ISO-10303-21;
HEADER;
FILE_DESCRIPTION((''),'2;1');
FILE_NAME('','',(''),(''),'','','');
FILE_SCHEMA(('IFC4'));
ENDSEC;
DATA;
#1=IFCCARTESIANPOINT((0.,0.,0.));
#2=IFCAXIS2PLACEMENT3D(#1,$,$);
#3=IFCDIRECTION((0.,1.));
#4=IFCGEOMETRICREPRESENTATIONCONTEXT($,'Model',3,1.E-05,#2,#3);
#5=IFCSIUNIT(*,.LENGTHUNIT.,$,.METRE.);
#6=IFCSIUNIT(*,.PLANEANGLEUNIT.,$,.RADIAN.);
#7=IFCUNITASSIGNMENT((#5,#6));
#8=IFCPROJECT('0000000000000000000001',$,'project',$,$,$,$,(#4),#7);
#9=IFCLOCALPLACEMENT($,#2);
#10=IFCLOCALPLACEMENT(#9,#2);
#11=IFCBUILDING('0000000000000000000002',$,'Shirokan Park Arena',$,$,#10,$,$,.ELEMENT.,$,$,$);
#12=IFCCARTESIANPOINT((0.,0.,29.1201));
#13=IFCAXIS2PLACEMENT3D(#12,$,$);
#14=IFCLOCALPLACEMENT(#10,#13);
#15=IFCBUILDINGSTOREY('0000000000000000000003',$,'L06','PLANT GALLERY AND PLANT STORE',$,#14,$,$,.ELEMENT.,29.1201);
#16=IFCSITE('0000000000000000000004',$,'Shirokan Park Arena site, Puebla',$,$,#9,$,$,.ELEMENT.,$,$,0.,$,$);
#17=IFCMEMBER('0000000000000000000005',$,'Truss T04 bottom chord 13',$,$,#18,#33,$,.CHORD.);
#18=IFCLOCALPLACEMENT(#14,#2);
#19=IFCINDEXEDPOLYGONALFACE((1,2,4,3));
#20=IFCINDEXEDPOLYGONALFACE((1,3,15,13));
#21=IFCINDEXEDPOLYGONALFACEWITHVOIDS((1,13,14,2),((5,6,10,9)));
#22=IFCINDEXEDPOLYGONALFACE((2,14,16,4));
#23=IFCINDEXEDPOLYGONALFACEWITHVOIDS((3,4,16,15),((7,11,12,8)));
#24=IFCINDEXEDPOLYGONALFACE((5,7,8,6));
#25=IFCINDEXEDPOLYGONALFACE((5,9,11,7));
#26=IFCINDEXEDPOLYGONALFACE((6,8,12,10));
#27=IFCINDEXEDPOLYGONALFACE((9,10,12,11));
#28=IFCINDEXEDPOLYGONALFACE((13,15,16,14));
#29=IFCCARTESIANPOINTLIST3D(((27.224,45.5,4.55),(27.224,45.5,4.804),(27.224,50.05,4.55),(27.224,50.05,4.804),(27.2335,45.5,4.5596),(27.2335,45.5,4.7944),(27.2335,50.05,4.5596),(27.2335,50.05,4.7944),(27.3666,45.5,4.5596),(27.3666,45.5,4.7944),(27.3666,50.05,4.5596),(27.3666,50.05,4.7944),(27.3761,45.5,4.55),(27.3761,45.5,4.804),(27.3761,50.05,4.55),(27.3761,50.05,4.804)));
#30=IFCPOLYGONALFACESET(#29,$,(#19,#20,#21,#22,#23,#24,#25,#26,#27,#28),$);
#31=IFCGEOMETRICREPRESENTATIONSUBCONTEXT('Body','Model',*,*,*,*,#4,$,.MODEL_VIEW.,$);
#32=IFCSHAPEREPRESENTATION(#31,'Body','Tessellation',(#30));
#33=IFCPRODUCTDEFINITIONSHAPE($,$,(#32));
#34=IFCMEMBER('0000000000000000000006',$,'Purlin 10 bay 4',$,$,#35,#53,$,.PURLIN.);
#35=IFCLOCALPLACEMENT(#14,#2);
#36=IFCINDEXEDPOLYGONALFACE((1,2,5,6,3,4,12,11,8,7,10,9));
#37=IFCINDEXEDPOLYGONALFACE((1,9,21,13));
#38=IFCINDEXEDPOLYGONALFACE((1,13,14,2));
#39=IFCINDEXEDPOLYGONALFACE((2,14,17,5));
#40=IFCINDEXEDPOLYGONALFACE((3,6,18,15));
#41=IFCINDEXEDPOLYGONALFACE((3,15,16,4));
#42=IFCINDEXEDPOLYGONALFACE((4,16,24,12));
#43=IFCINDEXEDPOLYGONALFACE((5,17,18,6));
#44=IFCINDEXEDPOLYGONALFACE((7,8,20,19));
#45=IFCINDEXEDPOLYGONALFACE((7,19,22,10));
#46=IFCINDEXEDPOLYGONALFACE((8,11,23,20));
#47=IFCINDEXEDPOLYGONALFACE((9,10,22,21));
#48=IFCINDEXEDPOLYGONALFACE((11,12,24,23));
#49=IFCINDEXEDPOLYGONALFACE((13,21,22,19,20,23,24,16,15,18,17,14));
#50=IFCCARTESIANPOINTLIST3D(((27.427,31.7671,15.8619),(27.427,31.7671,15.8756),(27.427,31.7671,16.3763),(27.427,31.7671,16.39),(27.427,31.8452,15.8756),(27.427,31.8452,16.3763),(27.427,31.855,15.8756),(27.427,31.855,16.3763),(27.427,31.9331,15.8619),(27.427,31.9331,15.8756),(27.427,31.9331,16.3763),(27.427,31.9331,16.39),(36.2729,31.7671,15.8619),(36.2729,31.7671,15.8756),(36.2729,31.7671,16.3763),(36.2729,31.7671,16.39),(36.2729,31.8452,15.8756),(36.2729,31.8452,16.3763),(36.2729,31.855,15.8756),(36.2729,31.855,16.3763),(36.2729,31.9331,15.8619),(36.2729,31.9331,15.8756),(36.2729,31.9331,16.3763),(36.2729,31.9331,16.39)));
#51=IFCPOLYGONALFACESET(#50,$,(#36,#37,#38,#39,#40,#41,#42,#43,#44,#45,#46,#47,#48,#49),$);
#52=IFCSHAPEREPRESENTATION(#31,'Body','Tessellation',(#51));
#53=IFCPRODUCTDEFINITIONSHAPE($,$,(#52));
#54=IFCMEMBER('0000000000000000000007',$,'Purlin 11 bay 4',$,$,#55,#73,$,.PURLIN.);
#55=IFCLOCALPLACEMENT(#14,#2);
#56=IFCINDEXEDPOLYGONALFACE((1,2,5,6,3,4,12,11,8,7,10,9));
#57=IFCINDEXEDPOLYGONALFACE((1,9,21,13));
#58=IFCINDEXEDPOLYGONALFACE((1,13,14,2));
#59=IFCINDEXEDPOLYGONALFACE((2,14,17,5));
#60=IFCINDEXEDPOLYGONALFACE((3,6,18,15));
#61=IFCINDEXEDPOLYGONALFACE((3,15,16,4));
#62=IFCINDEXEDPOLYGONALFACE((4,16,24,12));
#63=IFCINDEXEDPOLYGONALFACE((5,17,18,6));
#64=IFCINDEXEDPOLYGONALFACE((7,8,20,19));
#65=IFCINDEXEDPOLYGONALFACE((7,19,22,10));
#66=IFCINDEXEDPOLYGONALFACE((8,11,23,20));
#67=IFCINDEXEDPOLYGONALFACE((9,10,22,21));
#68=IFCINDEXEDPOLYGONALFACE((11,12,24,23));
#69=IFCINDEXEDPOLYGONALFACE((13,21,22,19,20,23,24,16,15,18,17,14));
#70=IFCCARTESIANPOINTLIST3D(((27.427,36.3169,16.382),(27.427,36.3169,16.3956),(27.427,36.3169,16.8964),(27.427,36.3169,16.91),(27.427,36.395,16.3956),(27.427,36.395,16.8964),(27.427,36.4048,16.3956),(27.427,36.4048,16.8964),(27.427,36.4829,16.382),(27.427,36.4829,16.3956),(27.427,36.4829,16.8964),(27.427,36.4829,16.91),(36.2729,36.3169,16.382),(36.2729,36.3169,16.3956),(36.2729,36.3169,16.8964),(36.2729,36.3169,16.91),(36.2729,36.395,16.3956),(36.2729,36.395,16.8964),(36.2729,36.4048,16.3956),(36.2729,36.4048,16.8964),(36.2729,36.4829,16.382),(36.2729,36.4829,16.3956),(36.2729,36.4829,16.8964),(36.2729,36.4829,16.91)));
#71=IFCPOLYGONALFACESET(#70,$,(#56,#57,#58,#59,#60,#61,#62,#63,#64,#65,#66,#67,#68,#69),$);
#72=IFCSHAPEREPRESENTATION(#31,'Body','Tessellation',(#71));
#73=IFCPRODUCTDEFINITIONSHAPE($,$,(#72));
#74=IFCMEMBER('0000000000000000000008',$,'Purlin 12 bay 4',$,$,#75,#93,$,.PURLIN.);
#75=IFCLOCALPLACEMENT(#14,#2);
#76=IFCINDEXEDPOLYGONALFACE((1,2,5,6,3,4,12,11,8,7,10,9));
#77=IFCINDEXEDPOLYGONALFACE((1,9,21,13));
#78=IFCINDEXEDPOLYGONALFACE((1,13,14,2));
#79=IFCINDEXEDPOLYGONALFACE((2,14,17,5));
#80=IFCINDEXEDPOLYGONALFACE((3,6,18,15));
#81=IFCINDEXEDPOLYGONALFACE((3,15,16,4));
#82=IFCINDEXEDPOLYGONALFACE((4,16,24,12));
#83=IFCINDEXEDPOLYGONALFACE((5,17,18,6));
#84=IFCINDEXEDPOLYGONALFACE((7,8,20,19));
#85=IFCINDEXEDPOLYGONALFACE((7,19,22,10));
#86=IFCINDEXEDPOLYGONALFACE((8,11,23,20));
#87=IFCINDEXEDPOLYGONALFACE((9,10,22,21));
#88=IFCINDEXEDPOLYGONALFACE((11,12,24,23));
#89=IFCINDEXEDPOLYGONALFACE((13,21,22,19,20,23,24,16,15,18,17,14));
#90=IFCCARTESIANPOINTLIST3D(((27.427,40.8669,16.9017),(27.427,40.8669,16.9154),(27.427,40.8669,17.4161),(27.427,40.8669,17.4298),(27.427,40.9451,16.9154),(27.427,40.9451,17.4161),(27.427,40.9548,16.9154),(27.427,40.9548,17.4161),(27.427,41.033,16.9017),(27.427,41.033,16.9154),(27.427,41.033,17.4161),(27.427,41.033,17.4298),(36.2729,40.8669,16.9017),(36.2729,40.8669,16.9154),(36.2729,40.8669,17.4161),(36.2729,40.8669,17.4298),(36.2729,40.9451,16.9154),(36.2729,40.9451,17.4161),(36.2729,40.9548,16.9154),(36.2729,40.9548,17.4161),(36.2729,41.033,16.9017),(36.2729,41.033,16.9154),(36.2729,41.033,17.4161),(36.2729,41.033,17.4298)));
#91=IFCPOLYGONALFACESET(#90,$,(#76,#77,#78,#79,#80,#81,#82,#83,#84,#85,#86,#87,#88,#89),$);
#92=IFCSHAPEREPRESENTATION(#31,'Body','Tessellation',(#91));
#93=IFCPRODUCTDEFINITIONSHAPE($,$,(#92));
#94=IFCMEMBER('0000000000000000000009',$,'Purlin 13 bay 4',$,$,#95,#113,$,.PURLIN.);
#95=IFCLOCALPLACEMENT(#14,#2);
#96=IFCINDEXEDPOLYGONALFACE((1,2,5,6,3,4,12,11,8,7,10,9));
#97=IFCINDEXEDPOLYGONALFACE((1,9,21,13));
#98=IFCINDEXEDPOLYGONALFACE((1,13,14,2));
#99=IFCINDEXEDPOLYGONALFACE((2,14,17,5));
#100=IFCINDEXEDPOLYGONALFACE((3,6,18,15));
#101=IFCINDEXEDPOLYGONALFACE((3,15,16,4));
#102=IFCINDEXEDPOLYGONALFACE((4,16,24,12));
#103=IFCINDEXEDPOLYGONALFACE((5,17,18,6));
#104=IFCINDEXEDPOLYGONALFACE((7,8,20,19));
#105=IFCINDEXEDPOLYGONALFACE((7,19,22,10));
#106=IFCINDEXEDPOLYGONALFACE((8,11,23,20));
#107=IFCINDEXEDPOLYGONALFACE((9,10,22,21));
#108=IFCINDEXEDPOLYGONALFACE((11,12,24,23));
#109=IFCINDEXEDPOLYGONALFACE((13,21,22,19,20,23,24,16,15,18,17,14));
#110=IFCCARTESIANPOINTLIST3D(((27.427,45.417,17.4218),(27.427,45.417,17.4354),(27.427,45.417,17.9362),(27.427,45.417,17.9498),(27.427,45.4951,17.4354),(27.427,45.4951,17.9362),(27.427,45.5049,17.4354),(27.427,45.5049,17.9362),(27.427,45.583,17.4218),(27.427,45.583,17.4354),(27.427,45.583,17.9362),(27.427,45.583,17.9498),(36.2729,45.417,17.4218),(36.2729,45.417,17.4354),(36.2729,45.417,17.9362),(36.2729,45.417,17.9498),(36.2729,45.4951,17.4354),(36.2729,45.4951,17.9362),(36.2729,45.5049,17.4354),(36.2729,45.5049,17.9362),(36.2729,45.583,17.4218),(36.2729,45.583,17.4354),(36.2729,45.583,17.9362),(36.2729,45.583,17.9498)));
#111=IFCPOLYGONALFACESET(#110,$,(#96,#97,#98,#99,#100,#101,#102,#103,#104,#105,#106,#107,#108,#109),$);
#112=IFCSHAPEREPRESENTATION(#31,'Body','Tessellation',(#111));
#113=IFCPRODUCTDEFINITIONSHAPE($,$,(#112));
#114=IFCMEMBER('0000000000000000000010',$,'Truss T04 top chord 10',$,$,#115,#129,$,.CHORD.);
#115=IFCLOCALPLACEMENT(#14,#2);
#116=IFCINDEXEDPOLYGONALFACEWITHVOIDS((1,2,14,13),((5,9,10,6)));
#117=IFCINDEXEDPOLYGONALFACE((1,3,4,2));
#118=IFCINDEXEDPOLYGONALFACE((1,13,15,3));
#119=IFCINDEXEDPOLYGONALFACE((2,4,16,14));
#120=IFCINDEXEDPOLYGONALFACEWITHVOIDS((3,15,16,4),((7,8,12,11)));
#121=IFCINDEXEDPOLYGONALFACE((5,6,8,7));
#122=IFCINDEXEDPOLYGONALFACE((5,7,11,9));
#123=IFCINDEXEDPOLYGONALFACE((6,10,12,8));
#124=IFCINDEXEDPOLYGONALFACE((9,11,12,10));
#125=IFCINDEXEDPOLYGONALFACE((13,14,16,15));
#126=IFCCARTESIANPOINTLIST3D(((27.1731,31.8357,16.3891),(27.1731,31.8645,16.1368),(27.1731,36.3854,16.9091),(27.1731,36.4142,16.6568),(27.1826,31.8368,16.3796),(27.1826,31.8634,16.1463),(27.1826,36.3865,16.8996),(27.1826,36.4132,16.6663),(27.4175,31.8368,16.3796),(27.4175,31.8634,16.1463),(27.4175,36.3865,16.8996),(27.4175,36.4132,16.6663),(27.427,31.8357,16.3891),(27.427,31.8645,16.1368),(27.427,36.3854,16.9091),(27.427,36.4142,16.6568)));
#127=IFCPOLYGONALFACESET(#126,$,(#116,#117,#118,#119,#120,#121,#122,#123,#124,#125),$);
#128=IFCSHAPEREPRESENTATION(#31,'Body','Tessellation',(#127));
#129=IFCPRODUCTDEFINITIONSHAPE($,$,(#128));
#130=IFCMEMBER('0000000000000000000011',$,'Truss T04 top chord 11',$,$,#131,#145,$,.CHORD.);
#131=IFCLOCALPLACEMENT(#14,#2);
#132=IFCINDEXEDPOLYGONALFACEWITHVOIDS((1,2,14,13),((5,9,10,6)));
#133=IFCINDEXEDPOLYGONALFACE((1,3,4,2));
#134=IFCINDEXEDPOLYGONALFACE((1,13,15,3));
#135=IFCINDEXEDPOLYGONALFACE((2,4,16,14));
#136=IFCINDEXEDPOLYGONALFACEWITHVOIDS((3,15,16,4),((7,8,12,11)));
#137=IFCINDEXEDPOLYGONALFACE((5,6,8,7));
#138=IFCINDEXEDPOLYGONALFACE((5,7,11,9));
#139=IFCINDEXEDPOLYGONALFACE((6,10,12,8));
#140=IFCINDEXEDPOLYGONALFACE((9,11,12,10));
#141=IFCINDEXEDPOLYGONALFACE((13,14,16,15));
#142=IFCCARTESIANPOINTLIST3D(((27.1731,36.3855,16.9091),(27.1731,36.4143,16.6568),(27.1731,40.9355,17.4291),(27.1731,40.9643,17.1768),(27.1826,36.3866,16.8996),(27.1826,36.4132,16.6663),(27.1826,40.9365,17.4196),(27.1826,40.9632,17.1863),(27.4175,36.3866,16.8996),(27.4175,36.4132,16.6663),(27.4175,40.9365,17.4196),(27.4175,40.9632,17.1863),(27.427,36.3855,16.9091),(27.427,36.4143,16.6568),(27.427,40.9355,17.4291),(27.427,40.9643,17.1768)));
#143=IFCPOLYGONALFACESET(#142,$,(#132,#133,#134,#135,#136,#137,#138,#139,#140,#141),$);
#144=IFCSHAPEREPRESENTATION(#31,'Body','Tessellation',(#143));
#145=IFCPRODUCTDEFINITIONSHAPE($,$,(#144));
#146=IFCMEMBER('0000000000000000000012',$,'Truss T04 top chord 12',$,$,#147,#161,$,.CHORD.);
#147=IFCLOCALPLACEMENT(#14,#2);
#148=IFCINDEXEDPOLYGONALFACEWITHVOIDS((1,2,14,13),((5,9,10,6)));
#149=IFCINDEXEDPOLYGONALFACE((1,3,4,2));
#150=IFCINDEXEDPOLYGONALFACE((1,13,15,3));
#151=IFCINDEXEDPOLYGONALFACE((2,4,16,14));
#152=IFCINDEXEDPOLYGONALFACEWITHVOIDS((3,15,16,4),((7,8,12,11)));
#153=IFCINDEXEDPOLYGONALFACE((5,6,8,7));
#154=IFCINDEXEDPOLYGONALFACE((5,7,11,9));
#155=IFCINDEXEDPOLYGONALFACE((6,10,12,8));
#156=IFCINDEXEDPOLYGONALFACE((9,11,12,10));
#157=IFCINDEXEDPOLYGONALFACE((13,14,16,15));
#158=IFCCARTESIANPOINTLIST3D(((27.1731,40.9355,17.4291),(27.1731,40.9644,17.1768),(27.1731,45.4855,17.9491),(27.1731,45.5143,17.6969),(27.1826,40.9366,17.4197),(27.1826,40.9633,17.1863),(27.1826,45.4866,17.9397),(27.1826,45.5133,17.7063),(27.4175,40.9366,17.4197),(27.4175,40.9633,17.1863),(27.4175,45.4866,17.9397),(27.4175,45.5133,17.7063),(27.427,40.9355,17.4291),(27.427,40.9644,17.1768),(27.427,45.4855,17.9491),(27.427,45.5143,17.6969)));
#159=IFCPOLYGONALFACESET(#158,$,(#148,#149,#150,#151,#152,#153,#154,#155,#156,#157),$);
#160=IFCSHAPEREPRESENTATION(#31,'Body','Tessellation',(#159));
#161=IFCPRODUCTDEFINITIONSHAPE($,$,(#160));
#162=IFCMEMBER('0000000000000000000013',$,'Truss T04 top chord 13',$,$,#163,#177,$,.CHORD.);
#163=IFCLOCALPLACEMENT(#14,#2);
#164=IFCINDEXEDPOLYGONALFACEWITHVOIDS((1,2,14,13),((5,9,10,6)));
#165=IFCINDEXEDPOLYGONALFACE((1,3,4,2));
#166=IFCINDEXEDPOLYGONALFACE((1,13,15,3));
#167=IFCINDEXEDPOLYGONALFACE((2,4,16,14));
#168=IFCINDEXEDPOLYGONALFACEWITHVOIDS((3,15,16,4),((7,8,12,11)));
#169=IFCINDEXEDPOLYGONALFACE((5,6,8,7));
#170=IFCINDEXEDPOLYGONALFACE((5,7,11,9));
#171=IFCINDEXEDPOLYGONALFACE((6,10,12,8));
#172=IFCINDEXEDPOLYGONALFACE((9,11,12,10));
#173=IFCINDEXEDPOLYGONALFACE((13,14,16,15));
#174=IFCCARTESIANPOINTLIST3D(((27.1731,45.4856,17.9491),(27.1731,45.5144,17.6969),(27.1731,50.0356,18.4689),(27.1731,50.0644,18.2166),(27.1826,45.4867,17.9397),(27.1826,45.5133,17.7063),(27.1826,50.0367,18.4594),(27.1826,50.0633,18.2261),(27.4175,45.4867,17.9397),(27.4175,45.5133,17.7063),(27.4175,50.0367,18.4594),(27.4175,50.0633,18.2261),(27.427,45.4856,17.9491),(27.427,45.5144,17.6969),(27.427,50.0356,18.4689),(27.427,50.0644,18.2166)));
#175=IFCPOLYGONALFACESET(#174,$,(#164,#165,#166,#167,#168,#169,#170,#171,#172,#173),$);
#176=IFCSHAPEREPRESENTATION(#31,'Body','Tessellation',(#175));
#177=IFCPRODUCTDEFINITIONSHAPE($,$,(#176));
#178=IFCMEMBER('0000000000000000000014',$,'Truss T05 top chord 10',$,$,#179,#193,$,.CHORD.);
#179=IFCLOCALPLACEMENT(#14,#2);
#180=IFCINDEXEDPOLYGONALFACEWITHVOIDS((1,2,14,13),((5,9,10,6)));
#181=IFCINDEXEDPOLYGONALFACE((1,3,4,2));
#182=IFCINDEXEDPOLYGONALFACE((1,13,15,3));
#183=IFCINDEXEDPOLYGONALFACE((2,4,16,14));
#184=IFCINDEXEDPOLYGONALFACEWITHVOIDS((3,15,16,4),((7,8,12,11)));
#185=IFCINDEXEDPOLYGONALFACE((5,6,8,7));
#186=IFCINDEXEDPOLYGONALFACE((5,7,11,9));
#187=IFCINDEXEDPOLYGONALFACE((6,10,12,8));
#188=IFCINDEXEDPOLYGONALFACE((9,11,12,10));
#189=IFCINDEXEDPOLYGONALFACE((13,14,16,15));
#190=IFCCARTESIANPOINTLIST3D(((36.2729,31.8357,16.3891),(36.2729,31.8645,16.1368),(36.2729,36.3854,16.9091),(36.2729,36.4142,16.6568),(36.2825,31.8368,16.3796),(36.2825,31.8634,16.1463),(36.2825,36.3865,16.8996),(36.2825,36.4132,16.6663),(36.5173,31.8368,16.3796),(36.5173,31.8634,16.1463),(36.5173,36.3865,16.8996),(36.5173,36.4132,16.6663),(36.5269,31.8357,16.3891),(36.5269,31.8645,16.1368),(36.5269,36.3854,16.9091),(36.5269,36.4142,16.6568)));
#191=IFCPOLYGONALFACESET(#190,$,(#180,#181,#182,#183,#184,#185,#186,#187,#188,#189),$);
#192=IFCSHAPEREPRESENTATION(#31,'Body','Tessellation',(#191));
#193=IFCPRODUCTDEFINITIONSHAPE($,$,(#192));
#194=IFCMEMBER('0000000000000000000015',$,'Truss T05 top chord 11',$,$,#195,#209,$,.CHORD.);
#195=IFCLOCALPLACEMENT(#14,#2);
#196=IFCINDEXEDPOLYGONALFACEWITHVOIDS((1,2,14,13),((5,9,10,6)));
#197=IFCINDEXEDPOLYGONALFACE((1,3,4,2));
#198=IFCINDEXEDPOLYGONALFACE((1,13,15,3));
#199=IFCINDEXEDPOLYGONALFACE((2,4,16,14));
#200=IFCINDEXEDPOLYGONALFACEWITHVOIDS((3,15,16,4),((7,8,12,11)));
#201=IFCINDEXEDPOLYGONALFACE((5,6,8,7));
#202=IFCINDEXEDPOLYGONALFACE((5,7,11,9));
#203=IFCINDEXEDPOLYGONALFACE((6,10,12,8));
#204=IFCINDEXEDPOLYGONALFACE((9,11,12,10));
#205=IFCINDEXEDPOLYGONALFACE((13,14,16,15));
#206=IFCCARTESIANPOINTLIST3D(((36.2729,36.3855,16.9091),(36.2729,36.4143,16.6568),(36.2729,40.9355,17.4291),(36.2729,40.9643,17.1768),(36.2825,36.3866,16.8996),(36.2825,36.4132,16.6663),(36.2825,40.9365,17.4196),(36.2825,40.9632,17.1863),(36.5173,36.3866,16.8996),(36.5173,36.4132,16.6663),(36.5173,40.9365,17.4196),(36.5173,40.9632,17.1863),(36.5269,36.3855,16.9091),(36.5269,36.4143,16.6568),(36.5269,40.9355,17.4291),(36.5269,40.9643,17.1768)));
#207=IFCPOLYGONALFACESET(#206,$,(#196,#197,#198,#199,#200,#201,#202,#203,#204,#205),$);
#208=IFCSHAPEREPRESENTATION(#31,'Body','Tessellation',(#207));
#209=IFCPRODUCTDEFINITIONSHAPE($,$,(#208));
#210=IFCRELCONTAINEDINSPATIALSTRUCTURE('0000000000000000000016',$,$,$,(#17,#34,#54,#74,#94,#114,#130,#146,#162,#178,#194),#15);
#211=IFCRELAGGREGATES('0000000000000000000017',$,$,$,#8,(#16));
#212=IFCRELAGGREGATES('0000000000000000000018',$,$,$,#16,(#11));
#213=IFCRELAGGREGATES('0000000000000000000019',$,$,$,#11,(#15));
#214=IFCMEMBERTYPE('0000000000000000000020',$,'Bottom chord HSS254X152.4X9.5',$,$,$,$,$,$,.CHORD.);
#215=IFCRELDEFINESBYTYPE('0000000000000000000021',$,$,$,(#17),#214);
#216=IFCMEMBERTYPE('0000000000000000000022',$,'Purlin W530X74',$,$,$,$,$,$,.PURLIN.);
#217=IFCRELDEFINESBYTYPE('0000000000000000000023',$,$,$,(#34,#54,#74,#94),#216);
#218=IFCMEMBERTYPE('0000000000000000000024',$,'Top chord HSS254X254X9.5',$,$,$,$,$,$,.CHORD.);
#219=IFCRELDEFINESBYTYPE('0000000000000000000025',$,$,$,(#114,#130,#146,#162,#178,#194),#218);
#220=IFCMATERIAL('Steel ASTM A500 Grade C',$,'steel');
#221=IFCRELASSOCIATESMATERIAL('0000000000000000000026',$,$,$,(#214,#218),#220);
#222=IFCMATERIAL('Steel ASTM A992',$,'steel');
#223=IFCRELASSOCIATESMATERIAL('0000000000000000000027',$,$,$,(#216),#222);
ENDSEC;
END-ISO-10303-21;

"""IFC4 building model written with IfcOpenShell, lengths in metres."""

from ifc_helpers import new_model, si_unit, direction, frame, origin, origin_2d, place, context, subcontext, project, spatial, hollow_rectangle, i_section, extrude, material, material_profile, profile_set, type_object, element, save


model = new_model("IFC4")

# Units and contexts
model_context = context("Model", 3, precision=1e-05, world=origin(), true_north=direction((0.0, 1.0)))
body_context = subcontext(model_context, "Body", "Model", "MODEL_VIEW")
ifc_project = project(units=[si_unit("LENGTHUNIT", "METRE"), si_unit("PLANEANGLEUNIT", "RADIAN")], contexts=[model_context])

# Site, building, storey
site_placement = place(None, origin())
site = spatial("IfcSite", under=ifc_project, at=site_placement, Name="Shirokan Park Arena site, Puebla", CompositionType="ELEMENT", RefElevation=0.0)
building_placement = place(site_placement, origin())
building = spatial("IfcBuilding", under=site, at=building_placement, Name="Shirokan Park Arena", CompositionType="ELEMENT")
storey_placement = place(building_placement, frame((0.0, 0.0, 29.1201)))
storey = spatial("IfcBuildingStorey", under=building, at=storey_placement, Name="L06", Description="PLANT GALLERY AND PLANT STORE", CompositionType="ELEMENT", Elevation=29.1201)

# Members
ifc_material_1 = material(Name="Steel ASTM A500 Grade C", Category="steel")
ifc_material_profile_1 = material_profile(ifc_material_1, hollow_rectangle(XDim=0.1521, YDim=0.2539, WallThickness=0.0095, at=origin_2d()), Name="HSS254X152.4X9.5")
ifc_profile_set_1 = profile_set([ifc_material_profile_1], Name="Steel ASTM A500 Grade C")
member_type_1 = type_object("IfcMemberType", Name="Bottom chord HSS254X152.4X9.5", PredefinedType="CHORD", material=ifc_profile_set_1)
member_1_placement = place(storey_placement, frame((27.3, 45.5, 4.677), z_axis=(0.0, 1.0, 0.0), x_axis=(-1.0, 0.0, 0.0)))
element("IfcMember", 1, at=member_1_placement, inside=storey, type_object=member_type_1, Name="Truss T04 bottom chord 13", PredefinedType="CHORD", context=body_context, shape_type="SweptSolid", body=[
    extrude(hollow_rectangle(XDim=0.1521, YDim=0.2539, WallThickness=0.0095, at=origin_2d()), origin(), (0.0, 0.0, 1.0), 4.55),
])
ifc_material_2 = material(Name="Steel ASTM A992", Category="steel")
ifc_material_profile_2 = material_profile(ifc_material_2, i_section(OverallWidth=0.166, OverallDepth=0.5281, WebThickness=0.0098, FlangeThickness=0.0137, at=origin_2d()), Name="W530X74")
ifc_profile_set_2 = profile_set([ifc_material_profile_2], Name="Steel ASTM A992")
member_type_2 = type_object("IfcMemberType", Name="Purlin W530X74", PredefinedType="PURLIN", material=ifc_profile_set_2)
for number, where, z_axis, x_axis, name in (
    (2, (27.427, 31.8501, 16.126), (1.0, 0.0, 0.0), (0.0, 1.0, 0.0), "Purlin 10 bay 4"),
    (3, (27.427, 36.3999, 16.646), (1.0, 0.0, 0.0), (0.0, 1.0, 0.0), "Purlin 11 bay 4"),
    (4, (27.427, 40.95, 17.1658), (1.0, 0.0, 0.0), (0.0, 1.0, 0.0), "Purlin 12 bay 4"),
    (5, (27.427, 45.5, 17.6858), (1.0, 0.0, 0.0), (0.0, 1.0, 0.0), "Purlin 13 bay 4"),
):
    element("IfcMember", number, at=place(storey_placement, frame(where, z_axis=z_axis, x_axis=x_axis)), inside=storey, type_object=member_type_2, Name=name, PredefinedType="PURLIN", context=body_context, shape_type="SweptSolid", body=[
        extrude(i_section(OverallWidth=0.166, OverallDepth=0.5281, WebThickness=0.0098, FlangeThickness=0.0137, at=origin_2d()), origin(), (0.0, 0.0, 1.0), 8.8459),
    ])
ifc_material_profile_3 = material_profile(ifc_material_1, hollow_rectangle(XDim=0.2539, YDim=0.2539, WallThickness=0.0095, at=origin_2d()), Name="HSS254X254X9.5")
ifc_profile_set_3 = profile_set([ifc_material_profile_3], Name="Steel ASTM A500 Grade C")
member_type_3 = type_object("IfcMemberType", Name="Top chord HSS254X254X9.5", PredefinedType="CHORD", material=ifc_profile_set_3)
member_2_placement = place(storey_placement, frame((27.3, 31.8501, 16.2629), z_axis=(0.0, 0.993532, 0.113556), x_axis=(-1.0, 0.0, 0.0)))
element("IfcMember", 6, at=member_2_placement, inside=storey, type_object=member_type_3, Name="Truss T04 top chord 10", PredefinedType="CHORD", context=body_context, shape_type="SweptSolid", body=[
    extrude(hollow_rectangle(XDim=0.2539, YDim=0.2539, WallThickness=0.0095, at=origin_2d()), origin(), (0.0, 0.0, 1.0), 4.5793),
])
for number, where, z_axis, x_axis, name in (
    (7, (27.3, 36.3999, 16.783), (0.0, 0.993532, 0.11355), (-1.0, 0.0, 0.0), "Truss T04 top chord 11"),
    (8, (27.3, 40.95, 17.303), (0.0, 0.993532, 0.11355), (-1.0, 0.0, 0.0), "Truss T04 top chord 12"),
    (9, (27.3, 45.5, 17.823), (0.0, 0.993538, 0.113497), (-1.0, 0.0, 0.0), "Truss T04 top chord 13"),
):
    element("IfcMember", number, at=place(storey_placement, frame(where, z_axis=z_axis, x_axis=x_axis)), inside=storey, type_object=member_type_3, Name=name, PredefinedType="CHORD", context=body_context, shape_type="SweptSolid", body=[
        extrude(hollow_rectangle(XDim=0.2539, YDim=0.2539, WallThickness=0.0095, at=origin_2d()), origin(), (0.0, 0.0, 1.0), 4.5796),
    ])
member_3_placement = place(storey_placement, frame((36.3999, 31.8501, 16.2629), z_axis=(0.0, 0.993532, 0.113556), x_axis=(-1.0, 0.0, 0.0)))
element("IfcMember", 10, at=member_3_placement, inside=storey, type_object=member_type_3, Name="Truss T05 top chord 10", PredefinedType="CHORD", context=body_context, shape_type="SweptSolid", body=[
    extrude(hollow_rectangle(XDim=0.2539, YDim=0.2539, WallThickness=0.0095, at=origin_2d()), origin(), (0.0, 0.0, 1.0), 4.5793),
])
member_4_placement = place(storey_placement, frame((36.3999, 36.3999, 16.783), z_axis=(0.0, 0.993532, 0.11355), x_axis=(-1.0, 0.0, 0.0)))
element("IfcMember", 11, at=member_4_placement, inside=storey, type_object=member_type_3, Name="Truss T05 top chord 11", PredefinedType="CHORD", context=body_context, shape_type="SweptSolid", body=[
    extrude(hollow_rectangle(XDim=0.2539, YDim=0.2539, WallThickness=0.0095, at=origin_2d()), origin(), (0.0, 0.0, 1.0), 4.5796),
])

save(model, "model.ifc")
